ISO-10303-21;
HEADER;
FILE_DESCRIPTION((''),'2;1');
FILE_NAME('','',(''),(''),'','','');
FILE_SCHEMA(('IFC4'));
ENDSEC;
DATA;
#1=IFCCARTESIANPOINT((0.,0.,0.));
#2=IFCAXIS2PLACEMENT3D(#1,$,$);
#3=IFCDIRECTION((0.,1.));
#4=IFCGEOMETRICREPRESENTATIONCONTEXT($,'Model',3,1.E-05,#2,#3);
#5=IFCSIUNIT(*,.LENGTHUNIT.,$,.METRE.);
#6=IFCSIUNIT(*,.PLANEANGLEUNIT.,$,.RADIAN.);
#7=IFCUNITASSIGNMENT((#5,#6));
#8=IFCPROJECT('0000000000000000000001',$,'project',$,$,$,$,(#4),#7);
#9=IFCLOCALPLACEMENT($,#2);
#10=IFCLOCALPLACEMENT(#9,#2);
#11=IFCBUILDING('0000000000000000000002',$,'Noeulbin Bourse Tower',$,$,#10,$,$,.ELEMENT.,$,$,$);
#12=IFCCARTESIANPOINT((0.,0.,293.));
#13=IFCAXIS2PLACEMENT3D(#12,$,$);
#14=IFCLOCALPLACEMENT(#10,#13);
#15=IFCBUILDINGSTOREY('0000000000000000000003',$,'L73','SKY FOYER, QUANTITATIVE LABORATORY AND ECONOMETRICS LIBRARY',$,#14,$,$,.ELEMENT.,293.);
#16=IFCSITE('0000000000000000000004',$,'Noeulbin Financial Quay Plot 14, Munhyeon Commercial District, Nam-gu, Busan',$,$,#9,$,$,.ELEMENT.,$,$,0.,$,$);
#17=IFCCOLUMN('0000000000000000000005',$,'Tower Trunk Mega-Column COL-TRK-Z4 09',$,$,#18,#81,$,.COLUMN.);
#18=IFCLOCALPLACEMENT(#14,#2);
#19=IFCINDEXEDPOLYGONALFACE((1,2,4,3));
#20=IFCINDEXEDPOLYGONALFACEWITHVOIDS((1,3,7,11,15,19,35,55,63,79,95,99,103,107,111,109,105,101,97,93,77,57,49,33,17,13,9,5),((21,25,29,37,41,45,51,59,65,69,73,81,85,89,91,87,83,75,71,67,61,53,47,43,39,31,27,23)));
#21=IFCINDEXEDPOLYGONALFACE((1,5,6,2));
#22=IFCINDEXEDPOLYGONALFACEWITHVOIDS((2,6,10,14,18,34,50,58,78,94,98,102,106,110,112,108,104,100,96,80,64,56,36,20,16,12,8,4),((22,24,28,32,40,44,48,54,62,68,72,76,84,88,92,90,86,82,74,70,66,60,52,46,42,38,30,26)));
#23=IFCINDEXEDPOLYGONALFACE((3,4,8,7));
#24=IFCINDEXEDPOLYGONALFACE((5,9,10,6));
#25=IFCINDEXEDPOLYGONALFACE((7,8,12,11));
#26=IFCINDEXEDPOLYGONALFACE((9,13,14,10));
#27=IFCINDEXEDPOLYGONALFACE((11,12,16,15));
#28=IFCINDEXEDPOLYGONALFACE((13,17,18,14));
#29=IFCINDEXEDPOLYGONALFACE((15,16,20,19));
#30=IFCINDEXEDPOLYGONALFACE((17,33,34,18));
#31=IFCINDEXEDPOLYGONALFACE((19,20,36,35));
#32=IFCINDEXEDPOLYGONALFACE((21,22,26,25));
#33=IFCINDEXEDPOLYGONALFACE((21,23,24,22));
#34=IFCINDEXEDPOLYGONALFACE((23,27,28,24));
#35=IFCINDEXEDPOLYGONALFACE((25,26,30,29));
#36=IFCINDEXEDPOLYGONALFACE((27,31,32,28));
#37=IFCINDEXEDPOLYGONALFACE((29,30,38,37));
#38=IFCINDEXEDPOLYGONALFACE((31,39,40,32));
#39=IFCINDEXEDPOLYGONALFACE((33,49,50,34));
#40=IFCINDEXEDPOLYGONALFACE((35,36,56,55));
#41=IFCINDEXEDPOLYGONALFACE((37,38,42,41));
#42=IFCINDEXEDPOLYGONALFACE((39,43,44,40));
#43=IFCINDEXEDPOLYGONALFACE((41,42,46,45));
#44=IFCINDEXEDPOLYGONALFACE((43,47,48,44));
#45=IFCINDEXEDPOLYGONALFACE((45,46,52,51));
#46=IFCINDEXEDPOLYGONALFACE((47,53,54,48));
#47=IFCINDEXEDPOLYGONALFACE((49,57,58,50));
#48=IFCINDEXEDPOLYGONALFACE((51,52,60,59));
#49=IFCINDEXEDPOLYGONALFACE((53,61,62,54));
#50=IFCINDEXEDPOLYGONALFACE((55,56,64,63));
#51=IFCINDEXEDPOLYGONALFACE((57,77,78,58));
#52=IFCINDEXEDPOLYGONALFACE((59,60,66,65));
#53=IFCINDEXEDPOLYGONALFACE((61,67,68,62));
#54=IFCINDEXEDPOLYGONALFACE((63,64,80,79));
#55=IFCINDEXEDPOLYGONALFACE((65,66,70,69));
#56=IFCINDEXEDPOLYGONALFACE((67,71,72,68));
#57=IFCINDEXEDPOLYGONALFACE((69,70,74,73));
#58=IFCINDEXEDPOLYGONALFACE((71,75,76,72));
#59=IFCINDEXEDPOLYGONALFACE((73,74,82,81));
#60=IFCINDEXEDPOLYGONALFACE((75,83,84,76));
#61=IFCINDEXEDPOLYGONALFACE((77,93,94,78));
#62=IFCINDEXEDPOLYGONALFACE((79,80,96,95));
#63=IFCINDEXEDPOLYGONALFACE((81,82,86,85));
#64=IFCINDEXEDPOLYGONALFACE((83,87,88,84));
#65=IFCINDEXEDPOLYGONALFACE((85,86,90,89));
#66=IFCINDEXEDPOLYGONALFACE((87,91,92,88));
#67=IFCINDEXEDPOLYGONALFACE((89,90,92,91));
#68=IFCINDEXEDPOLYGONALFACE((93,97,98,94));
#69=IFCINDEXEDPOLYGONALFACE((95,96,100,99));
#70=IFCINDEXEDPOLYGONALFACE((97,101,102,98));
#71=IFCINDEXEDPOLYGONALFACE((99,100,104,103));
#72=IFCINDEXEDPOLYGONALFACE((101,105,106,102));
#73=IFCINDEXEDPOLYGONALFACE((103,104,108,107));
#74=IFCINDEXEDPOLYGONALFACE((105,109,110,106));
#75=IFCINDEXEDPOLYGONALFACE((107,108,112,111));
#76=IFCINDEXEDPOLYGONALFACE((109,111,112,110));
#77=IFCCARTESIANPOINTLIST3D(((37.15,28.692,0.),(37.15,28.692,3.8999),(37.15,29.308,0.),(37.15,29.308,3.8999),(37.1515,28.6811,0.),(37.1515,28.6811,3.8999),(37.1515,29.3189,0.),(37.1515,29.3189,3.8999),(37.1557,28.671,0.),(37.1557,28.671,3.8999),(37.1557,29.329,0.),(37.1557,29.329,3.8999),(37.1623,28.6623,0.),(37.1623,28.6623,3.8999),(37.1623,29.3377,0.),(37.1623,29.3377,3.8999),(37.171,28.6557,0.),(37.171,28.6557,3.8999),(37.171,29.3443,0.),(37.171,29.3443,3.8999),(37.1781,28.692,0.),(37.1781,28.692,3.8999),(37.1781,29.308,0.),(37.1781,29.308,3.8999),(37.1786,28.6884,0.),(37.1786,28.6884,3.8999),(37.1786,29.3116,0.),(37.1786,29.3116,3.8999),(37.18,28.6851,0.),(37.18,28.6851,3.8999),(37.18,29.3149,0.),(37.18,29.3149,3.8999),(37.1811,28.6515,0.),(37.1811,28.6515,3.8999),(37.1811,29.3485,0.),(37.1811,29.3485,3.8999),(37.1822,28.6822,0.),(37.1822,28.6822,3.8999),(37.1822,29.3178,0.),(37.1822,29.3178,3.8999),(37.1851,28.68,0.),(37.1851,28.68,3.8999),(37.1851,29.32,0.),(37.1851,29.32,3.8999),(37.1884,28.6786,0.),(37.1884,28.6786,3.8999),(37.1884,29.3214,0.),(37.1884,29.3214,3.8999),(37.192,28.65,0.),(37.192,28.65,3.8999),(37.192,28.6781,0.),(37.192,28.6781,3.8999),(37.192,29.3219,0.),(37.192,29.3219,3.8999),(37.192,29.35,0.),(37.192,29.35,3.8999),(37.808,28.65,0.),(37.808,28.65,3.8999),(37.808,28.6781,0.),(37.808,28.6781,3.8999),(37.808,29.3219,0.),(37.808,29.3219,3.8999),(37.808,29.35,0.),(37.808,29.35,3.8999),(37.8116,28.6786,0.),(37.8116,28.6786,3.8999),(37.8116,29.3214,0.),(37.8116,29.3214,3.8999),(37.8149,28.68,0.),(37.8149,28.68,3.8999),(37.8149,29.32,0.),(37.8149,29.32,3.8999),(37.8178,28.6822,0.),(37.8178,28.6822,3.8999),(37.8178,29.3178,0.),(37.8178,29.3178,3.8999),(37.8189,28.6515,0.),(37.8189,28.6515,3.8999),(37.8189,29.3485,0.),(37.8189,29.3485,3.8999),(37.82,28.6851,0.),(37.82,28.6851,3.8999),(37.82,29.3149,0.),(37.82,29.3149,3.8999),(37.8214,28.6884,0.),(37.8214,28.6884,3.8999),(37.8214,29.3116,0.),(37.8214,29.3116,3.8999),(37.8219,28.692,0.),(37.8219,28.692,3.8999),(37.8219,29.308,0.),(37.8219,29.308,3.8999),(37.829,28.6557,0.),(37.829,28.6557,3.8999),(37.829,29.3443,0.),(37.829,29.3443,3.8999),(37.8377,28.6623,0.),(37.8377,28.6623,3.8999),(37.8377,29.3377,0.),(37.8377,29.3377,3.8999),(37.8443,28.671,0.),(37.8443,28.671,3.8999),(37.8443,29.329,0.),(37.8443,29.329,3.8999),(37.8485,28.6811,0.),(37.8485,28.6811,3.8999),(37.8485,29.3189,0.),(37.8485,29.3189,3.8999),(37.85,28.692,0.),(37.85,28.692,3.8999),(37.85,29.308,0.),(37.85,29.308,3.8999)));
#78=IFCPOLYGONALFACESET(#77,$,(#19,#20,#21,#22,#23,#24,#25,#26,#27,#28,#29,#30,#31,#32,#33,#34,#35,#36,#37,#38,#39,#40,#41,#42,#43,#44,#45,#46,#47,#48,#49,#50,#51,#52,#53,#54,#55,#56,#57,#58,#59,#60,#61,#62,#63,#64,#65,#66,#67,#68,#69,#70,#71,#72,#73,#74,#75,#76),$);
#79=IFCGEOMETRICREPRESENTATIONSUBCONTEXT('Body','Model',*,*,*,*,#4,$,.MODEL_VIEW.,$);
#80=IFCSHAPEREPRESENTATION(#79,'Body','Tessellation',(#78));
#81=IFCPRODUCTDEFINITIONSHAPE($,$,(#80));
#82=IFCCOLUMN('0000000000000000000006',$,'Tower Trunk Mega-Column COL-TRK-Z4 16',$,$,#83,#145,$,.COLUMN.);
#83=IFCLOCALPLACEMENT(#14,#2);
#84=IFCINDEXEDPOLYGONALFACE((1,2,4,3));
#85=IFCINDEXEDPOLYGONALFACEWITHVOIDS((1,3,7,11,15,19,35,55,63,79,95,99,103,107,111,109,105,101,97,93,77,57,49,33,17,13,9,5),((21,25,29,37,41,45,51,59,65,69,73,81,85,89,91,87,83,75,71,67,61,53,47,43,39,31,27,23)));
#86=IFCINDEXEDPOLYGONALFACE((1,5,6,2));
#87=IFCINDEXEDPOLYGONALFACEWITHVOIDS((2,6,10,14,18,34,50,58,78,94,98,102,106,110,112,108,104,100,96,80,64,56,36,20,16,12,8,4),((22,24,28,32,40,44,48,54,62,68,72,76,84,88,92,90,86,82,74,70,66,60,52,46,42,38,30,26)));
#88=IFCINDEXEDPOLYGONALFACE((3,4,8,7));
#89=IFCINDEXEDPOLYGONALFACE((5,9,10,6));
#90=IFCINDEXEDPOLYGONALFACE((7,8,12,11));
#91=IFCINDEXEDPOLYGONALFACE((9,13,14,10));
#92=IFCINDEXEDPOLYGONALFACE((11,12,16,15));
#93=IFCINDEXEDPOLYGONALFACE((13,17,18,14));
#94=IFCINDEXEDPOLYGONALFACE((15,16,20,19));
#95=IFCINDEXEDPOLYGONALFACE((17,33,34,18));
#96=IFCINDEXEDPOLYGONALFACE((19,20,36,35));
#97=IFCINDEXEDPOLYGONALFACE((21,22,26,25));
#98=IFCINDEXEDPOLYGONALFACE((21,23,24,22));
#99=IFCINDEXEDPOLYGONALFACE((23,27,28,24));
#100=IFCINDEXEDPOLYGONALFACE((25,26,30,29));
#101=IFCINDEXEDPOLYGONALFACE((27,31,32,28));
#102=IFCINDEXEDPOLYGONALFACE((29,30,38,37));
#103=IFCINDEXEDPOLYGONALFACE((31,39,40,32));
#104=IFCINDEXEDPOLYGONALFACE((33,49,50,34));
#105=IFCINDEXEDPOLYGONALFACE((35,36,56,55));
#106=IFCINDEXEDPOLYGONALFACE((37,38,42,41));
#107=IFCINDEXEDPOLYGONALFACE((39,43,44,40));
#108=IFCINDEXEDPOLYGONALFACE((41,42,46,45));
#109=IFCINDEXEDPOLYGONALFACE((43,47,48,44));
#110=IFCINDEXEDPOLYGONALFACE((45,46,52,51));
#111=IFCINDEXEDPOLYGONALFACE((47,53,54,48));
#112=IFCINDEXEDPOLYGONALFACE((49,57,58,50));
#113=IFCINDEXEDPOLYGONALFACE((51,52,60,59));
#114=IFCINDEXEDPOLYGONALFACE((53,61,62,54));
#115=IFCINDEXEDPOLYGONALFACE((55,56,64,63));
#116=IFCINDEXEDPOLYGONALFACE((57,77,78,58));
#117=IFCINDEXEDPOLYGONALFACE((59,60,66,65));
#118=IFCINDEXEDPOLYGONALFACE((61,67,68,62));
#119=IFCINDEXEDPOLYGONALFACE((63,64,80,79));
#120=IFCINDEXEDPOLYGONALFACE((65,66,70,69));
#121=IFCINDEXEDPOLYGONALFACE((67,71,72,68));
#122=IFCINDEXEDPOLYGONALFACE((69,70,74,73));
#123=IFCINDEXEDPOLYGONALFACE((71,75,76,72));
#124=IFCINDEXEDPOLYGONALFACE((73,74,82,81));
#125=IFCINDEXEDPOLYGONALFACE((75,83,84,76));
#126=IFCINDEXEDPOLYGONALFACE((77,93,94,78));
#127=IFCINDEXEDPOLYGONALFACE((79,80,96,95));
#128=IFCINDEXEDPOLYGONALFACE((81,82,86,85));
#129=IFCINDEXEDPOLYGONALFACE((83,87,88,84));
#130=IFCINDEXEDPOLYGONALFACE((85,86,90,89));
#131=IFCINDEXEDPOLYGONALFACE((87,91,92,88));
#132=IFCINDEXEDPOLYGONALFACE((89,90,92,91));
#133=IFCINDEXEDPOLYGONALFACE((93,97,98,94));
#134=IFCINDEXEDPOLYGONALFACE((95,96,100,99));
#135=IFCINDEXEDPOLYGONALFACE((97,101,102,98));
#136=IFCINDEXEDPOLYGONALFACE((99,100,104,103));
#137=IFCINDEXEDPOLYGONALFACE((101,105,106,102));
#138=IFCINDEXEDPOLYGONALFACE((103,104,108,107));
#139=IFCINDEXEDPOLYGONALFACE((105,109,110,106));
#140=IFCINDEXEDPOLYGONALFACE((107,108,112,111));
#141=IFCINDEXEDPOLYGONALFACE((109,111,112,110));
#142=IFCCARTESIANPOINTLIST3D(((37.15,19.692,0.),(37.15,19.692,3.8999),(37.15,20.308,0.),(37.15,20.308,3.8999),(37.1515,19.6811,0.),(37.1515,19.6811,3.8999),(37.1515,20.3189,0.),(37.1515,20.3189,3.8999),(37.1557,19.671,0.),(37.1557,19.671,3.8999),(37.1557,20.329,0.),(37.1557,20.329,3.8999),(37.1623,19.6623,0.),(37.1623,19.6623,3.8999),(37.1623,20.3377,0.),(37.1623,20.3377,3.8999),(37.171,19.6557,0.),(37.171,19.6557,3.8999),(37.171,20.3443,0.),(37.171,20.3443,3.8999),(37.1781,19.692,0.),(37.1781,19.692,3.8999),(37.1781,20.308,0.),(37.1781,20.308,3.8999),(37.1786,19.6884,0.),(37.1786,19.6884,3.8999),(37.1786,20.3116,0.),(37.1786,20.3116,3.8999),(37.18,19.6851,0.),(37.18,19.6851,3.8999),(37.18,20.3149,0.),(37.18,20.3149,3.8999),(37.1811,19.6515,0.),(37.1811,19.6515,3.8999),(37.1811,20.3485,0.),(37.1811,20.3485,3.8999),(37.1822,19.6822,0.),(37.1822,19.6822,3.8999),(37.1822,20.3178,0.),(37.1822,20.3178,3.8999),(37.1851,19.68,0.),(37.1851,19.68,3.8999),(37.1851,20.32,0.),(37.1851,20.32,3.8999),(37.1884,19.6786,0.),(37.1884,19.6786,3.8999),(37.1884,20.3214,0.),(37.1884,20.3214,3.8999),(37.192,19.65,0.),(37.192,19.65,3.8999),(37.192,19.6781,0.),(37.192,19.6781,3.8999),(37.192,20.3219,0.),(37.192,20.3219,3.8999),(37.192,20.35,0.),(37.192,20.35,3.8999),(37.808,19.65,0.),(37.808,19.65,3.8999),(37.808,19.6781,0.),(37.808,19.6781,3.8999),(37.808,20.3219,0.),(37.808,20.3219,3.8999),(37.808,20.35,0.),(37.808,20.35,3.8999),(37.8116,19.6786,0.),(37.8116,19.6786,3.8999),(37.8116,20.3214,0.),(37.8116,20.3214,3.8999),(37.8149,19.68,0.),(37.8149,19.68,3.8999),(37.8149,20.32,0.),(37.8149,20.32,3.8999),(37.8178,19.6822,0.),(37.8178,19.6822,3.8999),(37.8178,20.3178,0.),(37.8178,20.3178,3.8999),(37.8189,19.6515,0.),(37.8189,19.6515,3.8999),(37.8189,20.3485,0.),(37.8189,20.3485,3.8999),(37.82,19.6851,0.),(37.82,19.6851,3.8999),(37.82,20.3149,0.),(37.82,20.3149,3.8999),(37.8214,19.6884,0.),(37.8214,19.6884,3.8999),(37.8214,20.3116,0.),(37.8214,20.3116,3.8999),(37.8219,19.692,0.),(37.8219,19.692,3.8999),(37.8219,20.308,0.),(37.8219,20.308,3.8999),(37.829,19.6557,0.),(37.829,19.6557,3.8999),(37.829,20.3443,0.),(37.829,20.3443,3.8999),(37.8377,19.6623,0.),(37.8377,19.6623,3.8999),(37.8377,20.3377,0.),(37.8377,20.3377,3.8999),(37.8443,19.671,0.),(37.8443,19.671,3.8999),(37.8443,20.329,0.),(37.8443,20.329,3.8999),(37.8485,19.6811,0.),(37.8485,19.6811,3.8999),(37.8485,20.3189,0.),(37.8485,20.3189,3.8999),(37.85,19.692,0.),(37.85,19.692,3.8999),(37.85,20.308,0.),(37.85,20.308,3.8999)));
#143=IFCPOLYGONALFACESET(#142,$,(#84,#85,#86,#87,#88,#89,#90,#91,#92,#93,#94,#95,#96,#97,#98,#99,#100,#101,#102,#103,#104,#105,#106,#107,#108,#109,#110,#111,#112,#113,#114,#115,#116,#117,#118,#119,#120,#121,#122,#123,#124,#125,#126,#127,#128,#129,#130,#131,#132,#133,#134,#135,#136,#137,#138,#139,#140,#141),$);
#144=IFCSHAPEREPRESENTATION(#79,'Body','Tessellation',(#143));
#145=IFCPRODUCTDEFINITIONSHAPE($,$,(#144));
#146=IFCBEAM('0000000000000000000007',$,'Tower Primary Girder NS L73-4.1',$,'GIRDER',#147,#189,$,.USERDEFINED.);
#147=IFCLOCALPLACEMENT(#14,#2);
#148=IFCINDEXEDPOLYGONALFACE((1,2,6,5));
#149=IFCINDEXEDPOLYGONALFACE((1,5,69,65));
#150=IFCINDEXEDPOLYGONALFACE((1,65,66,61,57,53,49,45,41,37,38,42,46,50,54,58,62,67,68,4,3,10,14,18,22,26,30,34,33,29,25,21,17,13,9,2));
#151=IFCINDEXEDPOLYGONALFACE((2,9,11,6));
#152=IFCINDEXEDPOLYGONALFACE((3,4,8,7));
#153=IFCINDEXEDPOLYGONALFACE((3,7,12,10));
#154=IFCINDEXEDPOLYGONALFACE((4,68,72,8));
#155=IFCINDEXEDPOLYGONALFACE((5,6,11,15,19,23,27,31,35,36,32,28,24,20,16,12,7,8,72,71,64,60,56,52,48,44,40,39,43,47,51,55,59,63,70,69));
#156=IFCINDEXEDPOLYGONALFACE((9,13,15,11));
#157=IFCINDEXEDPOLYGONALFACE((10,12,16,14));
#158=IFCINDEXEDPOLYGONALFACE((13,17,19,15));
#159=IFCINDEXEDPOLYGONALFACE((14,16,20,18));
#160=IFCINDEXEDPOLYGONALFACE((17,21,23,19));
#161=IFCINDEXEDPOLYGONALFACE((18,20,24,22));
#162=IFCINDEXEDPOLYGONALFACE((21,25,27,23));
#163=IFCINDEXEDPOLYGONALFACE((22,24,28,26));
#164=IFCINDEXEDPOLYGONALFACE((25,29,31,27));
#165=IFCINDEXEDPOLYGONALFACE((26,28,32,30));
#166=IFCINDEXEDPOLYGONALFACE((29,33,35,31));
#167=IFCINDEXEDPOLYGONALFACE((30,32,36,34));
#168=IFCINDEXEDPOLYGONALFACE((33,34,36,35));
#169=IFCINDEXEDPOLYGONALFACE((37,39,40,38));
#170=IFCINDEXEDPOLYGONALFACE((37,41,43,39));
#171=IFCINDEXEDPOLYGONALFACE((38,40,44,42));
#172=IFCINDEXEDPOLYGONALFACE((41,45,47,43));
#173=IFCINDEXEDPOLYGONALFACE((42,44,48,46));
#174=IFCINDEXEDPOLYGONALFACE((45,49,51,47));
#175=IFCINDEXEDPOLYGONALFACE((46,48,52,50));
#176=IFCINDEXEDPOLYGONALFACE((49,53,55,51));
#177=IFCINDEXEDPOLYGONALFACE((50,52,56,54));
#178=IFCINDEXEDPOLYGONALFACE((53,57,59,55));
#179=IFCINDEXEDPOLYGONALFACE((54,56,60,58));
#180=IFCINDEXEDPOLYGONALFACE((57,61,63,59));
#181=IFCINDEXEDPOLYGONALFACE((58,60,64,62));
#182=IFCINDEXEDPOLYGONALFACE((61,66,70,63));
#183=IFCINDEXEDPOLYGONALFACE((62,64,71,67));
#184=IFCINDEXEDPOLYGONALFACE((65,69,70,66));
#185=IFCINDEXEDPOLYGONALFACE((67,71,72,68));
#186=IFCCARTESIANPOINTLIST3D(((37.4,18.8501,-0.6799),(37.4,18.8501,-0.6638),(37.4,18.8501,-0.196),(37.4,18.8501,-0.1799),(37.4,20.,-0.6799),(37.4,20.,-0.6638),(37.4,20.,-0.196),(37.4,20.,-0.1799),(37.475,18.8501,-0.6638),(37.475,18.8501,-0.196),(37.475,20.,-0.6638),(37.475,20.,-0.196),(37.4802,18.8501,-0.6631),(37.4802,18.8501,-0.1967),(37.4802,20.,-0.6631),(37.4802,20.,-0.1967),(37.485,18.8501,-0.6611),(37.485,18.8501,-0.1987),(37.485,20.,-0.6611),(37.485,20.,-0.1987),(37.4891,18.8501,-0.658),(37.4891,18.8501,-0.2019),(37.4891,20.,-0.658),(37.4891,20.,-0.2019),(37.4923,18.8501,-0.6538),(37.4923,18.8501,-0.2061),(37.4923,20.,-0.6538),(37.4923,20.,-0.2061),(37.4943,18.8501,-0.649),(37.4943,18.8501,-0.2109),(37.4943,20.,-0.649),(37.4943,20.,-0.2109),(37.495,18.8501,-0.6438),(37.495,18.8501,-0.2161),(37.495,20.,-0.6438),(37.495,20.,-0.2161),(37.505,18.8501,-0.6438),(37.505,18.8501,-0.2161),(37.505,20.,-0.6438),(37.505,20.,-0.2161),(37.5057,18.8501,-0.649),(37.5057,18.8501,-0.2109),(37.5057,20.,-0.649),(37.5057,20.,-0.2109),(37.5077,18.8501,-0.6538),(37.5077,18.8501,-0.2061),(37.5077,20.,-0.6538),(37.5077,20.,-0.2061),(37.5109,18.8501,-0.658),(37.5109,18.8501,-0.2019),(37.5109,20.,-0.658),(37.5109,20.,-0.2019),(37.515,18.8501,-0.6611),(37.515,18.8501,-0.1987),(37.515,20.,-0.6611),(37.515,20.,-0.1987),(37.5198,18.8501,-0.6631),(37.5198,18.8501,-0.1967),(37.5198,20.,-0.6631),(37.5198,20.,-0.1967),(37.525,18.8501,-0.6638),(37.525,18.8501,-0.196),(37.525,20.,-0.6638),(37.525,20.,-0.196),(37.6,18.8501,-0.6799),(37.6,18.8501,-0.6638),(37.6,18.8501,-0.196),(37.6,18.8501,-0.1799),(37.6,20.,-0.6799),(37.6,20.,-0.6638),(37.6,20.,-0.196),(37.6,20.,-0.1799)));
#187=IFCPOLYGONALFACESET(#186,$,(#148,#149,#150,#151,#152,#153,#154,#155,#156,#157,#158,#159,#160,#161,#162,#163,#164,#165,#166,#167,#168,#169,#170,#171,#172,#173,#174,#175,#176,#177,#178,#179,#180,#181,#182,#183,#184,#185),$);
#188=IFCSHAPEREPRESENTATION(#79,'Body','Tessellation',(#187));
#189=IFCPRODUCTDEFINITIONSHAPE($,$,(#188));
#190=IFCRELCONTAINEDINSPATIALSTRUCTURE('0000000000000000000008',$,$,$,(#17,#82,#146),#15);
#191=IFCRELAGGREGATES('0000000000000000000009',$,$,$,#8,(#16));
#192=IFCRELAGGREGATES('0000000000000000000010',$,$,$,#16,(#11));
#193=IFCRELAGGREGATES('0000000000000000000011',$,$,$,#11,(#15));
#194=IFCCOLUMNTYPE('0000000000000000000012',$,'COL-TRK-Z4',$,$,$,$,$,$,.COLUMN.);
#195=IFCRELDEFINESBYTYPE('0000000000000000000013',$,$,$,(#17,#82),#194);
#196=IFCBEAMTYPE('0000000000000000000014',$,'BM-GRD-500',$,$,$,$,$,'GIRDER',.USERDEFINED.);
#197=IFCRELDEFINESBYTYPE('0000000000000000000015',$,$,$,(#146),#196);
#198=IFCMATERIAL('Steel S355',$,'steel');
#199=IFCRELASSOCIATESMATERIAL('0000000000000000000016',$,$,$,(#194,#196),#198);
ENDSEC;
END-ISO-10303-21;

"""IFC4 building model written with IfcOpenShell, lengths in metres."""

from ifc_helpers import new_model, si_unit, direction, frame, origin, origin_2d, place, context, subcontext, project, spatial, hollow_rectangle, i_section, extrude, material, material_profile, profile_set, type_object, element, save


model = new_model("IFC4")

# Units and contexts
model_context = context("Model", 3, precision=1e-05, world=origin(), true_north=direction((0.0, 1.0)))
body_context = subcontext(model_context, "Body", "Model", "MODEL_VIEW")
ifc_project = project(units=[si_unit("LENGTHUNIT", "METRE"), si_unit("PLANEANGLEUNIT", "RADIAN")], contexts=[model_context])

# Site, building, storey
site_placement = place(None, origin())
site = spatial("IfcSite", under=ifc_project, at=site_placement, Name="Noeulbin Financial Quay Plot 14, Munhyeon Commercial District, Nam-gu, Busan", CompositionType="ELEMENT", RefElevation=0.0)
building_placement = place(site_placement, origin())
building = spatial("IfcBuilding", under=site, at=building_placement, Name="Noeulbin Bourse Tower", CompositionType="ELEMENT")
storey_placement = place(building_placement, frame((0.0, 0.0, 293.0)))
storey = spatial("IfcBuildingStorey", under=building, at=storey_placement, Name="L73", Description="SKY FOYER, QUANTITATIVE LABORATORY AND ECONOMETRICS LIBRARY", CompositionType="ELEMENT", Elevation=293.0)

# Columns
ifc_material_1 = material(Name="Steel S355", Category="steel")
ifc_material_profile_1 = material_profile(ifc_material_1, hollow_rectangle(XDim=0.7, YDim=0.7, WallThickness=0.0281, InnerFilletRadius=0.0139, OuterFilletRadius=0.042, at=origin_2d()), Name="BOX-700x700x28", Category="LoadBearing")
ifc_profile_set_1 = profile_set([ifc_material_profile_1], Name="Steel S355")
column_type = type_object("IfcColumnType", Name="COL-TRK-Z4", PredefinedType="COLUMN", material=ifc_profile_set_1)
for number, where, z_axis, x_axis, name in (
    (1, (37.5, 29.0, 0.0), (0.0, 0.0, 1.0), (1.0, 0.0, 0.0), "Tower Trunk Mega-Column COL-TRK-Z4 09"),
    (2, (37.5, 20.0, 0.0), (0.0, 0.0, 1.0), (1.0, 0.0, 0.0), "Tower Trunk Mega-Column COL-TRK-Z4 16"),
):
    element("IfcColumn", number, at=place(storey_placement, frame(where, z_axis=z_axis, x_axis=x_axis)), inside=storey, type_object=column_type, Name=name, PredefinedType="COLUMN", context=body_context, shape_type="SweptSolid", body=[
        extrude(hollow_rectangle(XDim=0.7, YDim=0.7, WallThickness=0.0281, InnerFilletRadius=0.0139, OuterFilletRadius=0.042, at=origin_2d()), origin(), (0.0, 0.0, 1.0), 3.8999),
    ])

# Beam
ifc_material_profile_2 = material_profile(ifc_material_1, i_section(OverallWidth=0.2, OverallDepth=0.5, WebThickness=0.01, FlangeThickness=0.0161, FilletRadius=0.02, at=origin_2d()), Name="H-500x200x10x16", Category="LoadBearing")
ifc_profile_set_2 = profile_set([ifc_material_profile_2], Name="Steel S355")
beam_type_1 = type_object("IfcBeamType", Name="BM-GRD-500", ElementType="GIRDER", PredefinedType="USERDEFINED", material=ifc_profile_set_2)
beam_1_placement = place(storey_placement, frame((37.5, 18.8501, -0.4299), z_axis=(0.0, 1.0, 0.0), x_axis=(-1.0, 0.0, 0.0)))
element("IfcBeam", 3, at=beam_1_placement, inside=storey, type_object=beam_type_1, Name="Tower Primary Girder NS L73-4.1", ObjectType="GIRDER", PredefinedType="USERDEFINED", context=body_context, shape_type="SweptSolid", body=[
    extrude(i_section(OverallWidth=0.2, OverallDepth=0.5, WebThickness=0.01, FlangeThickness=0.0161, FilletRadius=0.02, at=origin_2d()), origin(), (0.0, 0.0, 1.0), 1.1499),
])

save(model, "model.ifc")
